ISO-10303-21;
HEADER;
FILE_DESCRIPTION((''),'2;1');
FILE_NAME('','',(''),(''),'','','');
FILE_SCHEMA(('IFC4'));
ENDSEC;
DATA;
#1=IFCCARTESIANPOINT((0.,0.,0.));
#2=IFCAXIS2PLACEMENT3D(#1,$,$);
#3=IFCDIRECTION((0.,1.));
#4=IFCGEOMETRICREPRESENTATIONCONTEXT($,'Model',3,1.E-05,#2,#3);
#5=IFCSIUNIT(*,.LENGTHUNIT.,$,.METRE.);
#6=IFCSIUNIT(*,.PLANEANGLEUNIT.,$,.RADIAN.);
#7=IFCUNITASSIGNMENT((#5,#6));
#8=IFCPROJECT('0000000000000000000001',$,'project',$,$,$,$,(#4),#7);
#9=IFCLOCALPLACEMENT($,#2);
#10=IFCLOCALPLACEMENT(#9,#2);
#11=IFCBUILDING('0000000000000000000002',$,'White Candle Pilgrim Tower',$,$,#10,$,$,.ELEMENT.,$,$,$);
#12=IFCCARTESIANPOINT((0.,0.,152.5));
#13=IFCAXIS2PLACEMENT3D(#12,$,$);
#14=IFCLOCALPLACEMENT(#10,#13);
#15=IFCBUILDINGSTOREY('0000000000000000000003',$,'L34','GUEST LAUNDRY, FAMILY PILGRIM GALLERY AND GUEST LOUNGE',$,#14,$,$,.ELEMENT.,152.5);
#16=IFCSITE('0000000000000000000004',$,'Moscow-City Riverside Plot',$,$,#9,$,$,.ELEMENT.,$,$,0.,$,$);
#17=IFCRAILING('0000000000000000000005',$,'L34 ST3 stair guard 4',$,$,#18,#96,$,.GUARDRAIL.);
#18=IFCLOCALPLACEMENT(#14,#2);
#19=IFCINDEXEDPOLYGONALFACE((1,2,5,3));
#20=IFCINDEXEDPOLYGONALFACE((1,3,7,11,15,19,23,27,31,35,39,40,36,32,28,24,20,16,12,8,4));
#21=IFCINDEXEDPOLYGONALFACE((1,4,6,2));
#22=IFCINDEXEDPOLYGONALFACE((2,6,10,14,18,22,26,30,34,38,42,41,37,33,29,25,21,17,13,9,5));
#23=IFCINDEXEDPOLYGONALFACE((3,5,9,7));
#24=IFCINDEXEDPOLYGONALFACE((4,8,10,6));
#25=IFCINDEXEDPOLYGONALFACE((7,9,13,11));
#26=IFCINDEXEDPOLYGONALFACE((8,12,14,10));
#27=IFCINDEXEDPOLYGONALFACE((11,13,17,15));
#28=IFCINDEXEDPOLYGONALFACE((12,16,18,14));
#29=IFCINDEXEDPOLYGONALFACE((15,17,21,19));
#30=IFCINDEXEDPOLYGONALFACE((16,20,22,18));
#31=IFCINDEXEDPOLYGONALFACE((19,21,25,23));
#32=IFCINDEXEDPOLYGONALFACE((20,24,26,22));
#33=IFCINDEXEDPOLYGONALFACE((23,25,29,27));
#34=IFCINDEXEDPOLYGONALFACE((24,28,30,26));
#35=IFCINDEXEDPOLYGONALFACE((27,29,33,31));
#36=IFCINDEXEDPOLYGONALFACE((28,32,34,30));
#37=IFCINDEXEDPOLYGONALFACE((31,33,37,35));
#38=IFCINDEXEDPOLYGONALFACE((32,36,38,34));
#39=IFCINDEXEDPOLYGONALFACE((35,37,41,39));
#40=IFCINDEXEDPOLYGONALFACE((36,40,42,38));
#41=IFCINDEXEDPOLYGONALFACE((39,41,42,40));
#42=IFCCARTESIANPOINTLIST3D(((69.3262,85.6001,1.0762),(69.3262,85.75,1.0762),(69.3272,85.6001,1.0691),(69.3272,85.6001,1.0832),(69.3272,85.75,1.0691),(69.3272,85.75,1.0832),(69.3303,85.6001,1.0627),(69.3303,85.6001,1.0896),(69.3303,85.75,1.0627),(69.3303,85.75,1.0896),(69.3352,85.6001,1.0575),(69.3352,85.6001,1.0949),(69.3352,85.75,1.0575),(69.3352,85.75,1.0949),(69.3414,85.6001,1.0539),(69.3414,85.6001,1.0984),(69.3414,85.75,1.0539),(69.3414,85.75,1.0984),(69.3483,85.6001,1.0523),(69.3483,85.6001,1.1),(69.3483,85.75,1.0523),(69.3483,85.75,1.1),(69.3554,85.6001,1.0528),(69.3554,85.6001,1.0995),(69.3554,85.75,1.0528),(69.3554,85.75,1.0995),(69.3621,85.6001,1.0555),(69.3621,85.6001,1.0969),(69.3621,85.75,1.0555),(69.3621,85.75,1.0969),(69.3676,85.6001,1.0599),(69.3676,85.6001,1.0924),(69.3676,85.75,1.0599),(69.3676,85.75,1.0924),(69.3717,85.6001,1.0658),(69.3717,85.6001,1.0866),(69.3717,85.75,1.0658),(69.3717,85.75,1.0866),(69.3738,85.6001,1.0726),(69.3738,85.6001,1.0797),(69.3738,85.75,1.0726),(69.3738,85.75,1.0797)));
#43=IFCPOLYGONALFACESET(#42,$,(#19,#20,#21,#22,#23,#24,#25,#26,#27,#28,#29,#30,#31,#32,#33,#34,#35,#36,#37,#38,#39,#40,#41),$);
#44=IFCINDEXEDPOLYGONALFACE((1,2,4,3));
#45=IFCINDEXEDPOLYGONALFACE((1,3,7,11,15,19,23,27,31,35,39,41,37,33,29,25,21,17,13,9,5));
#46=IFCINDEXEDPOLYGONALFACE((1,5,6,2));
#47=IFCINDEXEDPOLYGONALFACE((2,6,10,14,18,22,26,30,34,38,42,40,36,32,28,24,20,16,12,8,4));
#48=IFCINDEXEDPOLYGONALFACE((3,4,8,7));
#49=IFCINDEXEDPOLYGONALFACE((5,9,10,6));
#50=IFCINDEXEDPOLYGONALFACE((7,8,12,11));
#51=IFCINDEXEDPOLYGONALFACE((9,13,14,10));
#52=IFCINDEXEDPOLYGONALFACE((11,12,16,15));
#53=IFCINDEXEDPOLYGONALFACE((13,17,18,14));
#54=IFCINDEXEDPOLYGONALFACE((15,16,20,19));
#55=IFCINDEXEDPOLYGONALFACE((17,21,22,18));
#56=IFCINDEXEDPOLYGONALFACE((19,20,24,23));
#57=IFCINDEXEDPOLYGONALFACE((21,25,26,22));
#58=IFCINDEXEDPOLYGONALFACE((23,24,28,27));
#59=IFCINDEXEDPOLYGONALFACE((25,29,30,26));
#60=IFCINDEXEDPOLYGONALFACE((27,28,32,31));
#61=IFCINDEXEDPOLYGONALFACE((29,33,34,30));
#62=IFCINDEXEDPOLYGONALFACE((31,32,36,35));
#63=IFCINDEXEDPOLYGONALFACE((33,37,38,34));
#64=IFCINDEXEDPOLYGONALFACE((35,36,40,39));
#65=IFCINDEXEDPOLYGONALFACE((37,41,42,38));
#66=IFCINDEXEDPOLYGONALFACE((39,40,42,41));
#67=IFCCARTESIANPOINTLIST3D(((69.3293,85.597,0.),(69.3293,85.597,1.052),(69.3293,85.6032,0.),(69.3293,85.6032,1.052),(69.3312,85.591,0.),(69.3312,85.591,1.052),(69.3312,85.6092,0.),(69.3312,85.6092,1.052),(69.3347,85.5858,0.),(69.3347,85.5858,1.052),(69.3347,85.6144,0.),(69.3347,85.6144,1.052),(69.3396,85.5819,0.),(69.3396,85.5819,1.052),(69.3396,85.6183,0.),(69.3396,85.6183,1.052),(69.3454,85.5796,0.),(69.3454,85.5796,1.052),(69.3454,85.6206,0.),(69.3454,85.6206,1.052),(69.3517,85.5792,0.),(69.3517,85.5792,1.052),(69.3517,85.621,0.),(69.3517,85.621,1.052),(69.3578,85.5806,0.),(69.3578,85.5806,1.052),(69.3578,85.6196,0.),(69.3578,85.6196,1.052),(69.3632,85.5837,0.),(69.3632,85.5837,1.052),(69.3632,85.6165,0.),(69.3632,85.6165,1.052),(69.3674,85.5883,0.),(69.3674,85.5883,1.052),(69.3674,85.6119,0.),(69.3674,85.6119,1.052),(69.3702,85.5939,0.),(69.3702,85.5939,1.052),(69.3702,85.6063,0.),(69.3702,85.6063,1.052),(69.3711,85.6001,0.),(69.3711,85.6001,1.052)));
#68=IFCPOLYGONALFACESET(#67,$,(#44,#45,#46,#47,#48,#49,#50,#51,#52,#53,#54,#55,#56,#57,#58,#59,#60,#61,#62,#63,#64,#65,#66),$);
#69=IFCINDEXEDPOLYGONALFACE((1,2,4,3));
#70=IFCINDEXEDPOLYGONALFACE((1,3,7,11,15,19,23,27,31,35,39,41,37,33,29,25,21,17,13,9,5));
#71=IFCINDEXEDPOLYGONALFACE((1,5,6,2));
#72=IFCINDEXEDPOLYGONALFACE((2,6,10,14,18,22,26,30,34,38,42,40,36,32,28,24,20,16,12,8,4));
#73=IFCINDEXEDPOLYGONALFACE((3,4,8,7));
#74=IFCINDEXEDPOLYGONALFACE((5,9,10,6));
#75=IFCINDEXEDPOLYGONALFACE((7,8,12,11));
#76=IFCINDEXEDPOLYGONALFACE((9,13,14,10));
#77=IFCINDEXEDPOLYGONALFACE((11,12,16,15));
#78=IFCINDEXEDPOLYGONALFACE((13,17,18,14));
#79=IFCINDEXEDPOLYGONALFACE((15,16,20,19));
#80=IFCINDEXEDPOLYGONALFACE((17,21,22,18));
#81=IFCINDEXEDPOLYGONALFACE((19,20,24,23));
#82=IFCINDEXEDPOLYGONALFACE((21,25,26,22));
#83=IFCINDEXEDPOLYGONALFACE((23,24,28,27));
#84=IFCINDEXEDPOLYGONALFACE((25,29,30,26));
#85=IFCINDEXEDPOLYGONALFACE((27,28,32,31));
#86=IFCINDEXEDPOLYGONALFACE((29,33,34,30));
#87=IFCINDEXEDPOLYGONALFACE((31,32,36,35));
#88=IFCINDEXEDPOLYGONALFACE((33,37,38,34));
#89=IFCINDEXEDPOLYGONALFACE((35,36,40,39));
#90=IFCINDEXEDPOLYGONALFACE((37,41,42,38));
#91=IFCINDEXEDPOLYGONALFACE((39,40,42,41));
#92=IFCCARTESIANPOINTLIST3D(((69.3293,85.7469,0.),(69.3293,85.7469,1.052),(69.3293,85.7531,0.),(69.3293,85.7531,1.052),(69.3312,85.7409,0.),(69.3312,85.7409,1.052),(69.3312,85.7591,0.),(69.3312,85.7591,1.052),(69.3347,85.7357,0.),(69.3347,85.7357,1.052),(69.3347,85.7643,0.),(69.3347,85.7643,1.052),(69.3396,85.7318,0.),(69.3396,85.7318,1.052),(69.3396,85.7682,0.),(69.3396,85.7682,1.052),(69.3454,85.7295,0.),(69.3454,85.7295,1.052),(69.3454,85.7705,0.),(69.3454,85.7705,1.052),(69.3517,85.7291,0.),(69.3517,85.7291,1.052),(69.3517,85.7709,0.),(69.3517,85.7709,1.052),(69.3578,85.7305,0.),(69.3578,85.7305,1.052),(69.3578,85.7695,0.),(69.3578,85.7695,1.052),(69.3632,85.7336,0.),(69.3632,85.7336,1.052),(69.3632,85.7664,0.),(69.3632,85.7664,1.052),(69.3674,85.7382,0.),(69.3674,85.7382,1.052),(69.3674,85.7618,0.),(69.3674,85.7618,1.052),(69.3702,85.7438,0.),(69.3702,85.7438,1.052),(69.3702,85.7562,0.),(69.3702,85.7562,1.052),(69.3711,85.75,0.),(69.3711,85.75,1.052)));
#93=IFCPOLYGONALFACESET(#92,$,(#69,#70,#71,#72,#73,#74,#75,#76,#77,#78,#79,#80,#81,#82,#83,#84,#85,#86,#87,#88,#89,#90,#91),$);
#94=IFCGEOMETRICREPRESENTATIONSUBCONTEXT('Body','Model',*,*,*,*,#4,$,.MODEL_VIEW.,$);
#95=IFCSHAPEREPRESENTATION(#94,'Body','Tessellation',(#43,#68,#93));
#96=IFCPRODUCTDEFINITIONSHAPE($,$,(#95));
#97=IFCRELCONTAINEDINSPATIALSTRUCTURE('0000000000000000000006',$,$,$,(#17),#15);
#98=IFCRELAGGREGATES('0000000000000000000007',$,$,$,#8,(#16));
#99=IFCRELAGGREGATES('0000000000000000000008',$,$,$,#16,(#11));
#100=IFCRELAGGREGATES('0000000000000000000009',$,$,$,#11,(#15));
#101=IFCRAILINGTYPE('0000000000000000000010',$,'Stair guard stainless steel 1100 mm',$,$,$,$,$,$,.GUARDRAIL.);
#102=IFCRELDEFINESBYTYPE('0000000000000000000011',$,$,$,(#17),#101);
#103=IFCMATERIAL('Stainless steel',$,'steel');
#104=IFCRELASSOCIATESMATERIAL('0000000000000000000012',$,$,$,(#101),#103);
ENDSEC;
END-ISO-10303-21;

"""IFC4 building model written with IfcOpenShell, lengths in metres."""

from ifc_helpers import new_model, si_unit, direction, frame, origin, origin_2d, place, context, subcontext, project, spatial, circle, extrude, material, type_object, element, save


model = new_model("IFC4")

# Units and contexts
model_context = context("Model", 3, precision=1e-05, world=origin(), true_north=direction((0.0, 1.0)))
body_context = subcontext(model_context, "Body", "Model", "MODEL_VIEW")
ifc_project = project(units=[si_unit("LENGTHUNIT", "METRE"), si_unit("PLANEANGLEUNIT", "RADIAN")], contexts=[model_context])

# Site, building, storey
site_placement = place(None, origin())
site = spatial("IfcSite", under=ifc_project, at=site_placement, Name="Moscow-City Riverside Plot", CompositionType="ELEMENT", RefElevation=0.0)
building_placement = place(site_placement, origin())
building = spatial("IfcBuilding", under=site, at=building_placement, Name="White Candle Pilgrim Tower", CompositionType="ELEMENT")
storey_placement = place(building_placement, frame((0.0, 0.0, 152.5)))
storey = spatial("IfcBuildingStorey", under=building, at=storey_placement, Name="L34", Description="GUEST LAUNDRY, FAMILY PILGRIM GALLERY AND GUEST LOUNGE", CompositionType="ELEMENT", Elevation=152.5)

# Shared definitions
ifc_material_1 = material(Name="Stainless steel", Category="steel")

# Railing
railing_type_1 = type_object("IfcRailingType", Name="Stair guard stainless steel 1100 mm", PredefinedType="GUARDRAIL", material=ifc_material_1)
railing_1_placement = place(storey_placement, frame((69.3501, 85.6001, 0.0)))
element("IfcRailing", 1, at=railing_1_placement, inside=storey, type_object=railing_type_1, Name="L34 ST3 stair guard 4", PredefinedType="GUARDRAIL", context=body_context, shape_type="SweptSolid", body=[
    extrude(circle(Radius=0.0239, at=origin_2d()), frame((0.0, 0.0, 1.0762), z_axis=(0.0, 1.0, 0.0), x_axis=(-1.0, 0.0, 0.0)), (0.0, 0.0, 1.0), 0.1499),
    extrude(circle(Radius=0.021, at=origin_2d()), origin(), (0.0, 0.0, 1.0), 1.052),
    extrude(circle(Radius=0.021, at=origin_2d()), frame((0.0, 0.1499, 0.0)), (0.0, 0.0, 1.0), 1.052),
])

save(model, "model.ifc")
